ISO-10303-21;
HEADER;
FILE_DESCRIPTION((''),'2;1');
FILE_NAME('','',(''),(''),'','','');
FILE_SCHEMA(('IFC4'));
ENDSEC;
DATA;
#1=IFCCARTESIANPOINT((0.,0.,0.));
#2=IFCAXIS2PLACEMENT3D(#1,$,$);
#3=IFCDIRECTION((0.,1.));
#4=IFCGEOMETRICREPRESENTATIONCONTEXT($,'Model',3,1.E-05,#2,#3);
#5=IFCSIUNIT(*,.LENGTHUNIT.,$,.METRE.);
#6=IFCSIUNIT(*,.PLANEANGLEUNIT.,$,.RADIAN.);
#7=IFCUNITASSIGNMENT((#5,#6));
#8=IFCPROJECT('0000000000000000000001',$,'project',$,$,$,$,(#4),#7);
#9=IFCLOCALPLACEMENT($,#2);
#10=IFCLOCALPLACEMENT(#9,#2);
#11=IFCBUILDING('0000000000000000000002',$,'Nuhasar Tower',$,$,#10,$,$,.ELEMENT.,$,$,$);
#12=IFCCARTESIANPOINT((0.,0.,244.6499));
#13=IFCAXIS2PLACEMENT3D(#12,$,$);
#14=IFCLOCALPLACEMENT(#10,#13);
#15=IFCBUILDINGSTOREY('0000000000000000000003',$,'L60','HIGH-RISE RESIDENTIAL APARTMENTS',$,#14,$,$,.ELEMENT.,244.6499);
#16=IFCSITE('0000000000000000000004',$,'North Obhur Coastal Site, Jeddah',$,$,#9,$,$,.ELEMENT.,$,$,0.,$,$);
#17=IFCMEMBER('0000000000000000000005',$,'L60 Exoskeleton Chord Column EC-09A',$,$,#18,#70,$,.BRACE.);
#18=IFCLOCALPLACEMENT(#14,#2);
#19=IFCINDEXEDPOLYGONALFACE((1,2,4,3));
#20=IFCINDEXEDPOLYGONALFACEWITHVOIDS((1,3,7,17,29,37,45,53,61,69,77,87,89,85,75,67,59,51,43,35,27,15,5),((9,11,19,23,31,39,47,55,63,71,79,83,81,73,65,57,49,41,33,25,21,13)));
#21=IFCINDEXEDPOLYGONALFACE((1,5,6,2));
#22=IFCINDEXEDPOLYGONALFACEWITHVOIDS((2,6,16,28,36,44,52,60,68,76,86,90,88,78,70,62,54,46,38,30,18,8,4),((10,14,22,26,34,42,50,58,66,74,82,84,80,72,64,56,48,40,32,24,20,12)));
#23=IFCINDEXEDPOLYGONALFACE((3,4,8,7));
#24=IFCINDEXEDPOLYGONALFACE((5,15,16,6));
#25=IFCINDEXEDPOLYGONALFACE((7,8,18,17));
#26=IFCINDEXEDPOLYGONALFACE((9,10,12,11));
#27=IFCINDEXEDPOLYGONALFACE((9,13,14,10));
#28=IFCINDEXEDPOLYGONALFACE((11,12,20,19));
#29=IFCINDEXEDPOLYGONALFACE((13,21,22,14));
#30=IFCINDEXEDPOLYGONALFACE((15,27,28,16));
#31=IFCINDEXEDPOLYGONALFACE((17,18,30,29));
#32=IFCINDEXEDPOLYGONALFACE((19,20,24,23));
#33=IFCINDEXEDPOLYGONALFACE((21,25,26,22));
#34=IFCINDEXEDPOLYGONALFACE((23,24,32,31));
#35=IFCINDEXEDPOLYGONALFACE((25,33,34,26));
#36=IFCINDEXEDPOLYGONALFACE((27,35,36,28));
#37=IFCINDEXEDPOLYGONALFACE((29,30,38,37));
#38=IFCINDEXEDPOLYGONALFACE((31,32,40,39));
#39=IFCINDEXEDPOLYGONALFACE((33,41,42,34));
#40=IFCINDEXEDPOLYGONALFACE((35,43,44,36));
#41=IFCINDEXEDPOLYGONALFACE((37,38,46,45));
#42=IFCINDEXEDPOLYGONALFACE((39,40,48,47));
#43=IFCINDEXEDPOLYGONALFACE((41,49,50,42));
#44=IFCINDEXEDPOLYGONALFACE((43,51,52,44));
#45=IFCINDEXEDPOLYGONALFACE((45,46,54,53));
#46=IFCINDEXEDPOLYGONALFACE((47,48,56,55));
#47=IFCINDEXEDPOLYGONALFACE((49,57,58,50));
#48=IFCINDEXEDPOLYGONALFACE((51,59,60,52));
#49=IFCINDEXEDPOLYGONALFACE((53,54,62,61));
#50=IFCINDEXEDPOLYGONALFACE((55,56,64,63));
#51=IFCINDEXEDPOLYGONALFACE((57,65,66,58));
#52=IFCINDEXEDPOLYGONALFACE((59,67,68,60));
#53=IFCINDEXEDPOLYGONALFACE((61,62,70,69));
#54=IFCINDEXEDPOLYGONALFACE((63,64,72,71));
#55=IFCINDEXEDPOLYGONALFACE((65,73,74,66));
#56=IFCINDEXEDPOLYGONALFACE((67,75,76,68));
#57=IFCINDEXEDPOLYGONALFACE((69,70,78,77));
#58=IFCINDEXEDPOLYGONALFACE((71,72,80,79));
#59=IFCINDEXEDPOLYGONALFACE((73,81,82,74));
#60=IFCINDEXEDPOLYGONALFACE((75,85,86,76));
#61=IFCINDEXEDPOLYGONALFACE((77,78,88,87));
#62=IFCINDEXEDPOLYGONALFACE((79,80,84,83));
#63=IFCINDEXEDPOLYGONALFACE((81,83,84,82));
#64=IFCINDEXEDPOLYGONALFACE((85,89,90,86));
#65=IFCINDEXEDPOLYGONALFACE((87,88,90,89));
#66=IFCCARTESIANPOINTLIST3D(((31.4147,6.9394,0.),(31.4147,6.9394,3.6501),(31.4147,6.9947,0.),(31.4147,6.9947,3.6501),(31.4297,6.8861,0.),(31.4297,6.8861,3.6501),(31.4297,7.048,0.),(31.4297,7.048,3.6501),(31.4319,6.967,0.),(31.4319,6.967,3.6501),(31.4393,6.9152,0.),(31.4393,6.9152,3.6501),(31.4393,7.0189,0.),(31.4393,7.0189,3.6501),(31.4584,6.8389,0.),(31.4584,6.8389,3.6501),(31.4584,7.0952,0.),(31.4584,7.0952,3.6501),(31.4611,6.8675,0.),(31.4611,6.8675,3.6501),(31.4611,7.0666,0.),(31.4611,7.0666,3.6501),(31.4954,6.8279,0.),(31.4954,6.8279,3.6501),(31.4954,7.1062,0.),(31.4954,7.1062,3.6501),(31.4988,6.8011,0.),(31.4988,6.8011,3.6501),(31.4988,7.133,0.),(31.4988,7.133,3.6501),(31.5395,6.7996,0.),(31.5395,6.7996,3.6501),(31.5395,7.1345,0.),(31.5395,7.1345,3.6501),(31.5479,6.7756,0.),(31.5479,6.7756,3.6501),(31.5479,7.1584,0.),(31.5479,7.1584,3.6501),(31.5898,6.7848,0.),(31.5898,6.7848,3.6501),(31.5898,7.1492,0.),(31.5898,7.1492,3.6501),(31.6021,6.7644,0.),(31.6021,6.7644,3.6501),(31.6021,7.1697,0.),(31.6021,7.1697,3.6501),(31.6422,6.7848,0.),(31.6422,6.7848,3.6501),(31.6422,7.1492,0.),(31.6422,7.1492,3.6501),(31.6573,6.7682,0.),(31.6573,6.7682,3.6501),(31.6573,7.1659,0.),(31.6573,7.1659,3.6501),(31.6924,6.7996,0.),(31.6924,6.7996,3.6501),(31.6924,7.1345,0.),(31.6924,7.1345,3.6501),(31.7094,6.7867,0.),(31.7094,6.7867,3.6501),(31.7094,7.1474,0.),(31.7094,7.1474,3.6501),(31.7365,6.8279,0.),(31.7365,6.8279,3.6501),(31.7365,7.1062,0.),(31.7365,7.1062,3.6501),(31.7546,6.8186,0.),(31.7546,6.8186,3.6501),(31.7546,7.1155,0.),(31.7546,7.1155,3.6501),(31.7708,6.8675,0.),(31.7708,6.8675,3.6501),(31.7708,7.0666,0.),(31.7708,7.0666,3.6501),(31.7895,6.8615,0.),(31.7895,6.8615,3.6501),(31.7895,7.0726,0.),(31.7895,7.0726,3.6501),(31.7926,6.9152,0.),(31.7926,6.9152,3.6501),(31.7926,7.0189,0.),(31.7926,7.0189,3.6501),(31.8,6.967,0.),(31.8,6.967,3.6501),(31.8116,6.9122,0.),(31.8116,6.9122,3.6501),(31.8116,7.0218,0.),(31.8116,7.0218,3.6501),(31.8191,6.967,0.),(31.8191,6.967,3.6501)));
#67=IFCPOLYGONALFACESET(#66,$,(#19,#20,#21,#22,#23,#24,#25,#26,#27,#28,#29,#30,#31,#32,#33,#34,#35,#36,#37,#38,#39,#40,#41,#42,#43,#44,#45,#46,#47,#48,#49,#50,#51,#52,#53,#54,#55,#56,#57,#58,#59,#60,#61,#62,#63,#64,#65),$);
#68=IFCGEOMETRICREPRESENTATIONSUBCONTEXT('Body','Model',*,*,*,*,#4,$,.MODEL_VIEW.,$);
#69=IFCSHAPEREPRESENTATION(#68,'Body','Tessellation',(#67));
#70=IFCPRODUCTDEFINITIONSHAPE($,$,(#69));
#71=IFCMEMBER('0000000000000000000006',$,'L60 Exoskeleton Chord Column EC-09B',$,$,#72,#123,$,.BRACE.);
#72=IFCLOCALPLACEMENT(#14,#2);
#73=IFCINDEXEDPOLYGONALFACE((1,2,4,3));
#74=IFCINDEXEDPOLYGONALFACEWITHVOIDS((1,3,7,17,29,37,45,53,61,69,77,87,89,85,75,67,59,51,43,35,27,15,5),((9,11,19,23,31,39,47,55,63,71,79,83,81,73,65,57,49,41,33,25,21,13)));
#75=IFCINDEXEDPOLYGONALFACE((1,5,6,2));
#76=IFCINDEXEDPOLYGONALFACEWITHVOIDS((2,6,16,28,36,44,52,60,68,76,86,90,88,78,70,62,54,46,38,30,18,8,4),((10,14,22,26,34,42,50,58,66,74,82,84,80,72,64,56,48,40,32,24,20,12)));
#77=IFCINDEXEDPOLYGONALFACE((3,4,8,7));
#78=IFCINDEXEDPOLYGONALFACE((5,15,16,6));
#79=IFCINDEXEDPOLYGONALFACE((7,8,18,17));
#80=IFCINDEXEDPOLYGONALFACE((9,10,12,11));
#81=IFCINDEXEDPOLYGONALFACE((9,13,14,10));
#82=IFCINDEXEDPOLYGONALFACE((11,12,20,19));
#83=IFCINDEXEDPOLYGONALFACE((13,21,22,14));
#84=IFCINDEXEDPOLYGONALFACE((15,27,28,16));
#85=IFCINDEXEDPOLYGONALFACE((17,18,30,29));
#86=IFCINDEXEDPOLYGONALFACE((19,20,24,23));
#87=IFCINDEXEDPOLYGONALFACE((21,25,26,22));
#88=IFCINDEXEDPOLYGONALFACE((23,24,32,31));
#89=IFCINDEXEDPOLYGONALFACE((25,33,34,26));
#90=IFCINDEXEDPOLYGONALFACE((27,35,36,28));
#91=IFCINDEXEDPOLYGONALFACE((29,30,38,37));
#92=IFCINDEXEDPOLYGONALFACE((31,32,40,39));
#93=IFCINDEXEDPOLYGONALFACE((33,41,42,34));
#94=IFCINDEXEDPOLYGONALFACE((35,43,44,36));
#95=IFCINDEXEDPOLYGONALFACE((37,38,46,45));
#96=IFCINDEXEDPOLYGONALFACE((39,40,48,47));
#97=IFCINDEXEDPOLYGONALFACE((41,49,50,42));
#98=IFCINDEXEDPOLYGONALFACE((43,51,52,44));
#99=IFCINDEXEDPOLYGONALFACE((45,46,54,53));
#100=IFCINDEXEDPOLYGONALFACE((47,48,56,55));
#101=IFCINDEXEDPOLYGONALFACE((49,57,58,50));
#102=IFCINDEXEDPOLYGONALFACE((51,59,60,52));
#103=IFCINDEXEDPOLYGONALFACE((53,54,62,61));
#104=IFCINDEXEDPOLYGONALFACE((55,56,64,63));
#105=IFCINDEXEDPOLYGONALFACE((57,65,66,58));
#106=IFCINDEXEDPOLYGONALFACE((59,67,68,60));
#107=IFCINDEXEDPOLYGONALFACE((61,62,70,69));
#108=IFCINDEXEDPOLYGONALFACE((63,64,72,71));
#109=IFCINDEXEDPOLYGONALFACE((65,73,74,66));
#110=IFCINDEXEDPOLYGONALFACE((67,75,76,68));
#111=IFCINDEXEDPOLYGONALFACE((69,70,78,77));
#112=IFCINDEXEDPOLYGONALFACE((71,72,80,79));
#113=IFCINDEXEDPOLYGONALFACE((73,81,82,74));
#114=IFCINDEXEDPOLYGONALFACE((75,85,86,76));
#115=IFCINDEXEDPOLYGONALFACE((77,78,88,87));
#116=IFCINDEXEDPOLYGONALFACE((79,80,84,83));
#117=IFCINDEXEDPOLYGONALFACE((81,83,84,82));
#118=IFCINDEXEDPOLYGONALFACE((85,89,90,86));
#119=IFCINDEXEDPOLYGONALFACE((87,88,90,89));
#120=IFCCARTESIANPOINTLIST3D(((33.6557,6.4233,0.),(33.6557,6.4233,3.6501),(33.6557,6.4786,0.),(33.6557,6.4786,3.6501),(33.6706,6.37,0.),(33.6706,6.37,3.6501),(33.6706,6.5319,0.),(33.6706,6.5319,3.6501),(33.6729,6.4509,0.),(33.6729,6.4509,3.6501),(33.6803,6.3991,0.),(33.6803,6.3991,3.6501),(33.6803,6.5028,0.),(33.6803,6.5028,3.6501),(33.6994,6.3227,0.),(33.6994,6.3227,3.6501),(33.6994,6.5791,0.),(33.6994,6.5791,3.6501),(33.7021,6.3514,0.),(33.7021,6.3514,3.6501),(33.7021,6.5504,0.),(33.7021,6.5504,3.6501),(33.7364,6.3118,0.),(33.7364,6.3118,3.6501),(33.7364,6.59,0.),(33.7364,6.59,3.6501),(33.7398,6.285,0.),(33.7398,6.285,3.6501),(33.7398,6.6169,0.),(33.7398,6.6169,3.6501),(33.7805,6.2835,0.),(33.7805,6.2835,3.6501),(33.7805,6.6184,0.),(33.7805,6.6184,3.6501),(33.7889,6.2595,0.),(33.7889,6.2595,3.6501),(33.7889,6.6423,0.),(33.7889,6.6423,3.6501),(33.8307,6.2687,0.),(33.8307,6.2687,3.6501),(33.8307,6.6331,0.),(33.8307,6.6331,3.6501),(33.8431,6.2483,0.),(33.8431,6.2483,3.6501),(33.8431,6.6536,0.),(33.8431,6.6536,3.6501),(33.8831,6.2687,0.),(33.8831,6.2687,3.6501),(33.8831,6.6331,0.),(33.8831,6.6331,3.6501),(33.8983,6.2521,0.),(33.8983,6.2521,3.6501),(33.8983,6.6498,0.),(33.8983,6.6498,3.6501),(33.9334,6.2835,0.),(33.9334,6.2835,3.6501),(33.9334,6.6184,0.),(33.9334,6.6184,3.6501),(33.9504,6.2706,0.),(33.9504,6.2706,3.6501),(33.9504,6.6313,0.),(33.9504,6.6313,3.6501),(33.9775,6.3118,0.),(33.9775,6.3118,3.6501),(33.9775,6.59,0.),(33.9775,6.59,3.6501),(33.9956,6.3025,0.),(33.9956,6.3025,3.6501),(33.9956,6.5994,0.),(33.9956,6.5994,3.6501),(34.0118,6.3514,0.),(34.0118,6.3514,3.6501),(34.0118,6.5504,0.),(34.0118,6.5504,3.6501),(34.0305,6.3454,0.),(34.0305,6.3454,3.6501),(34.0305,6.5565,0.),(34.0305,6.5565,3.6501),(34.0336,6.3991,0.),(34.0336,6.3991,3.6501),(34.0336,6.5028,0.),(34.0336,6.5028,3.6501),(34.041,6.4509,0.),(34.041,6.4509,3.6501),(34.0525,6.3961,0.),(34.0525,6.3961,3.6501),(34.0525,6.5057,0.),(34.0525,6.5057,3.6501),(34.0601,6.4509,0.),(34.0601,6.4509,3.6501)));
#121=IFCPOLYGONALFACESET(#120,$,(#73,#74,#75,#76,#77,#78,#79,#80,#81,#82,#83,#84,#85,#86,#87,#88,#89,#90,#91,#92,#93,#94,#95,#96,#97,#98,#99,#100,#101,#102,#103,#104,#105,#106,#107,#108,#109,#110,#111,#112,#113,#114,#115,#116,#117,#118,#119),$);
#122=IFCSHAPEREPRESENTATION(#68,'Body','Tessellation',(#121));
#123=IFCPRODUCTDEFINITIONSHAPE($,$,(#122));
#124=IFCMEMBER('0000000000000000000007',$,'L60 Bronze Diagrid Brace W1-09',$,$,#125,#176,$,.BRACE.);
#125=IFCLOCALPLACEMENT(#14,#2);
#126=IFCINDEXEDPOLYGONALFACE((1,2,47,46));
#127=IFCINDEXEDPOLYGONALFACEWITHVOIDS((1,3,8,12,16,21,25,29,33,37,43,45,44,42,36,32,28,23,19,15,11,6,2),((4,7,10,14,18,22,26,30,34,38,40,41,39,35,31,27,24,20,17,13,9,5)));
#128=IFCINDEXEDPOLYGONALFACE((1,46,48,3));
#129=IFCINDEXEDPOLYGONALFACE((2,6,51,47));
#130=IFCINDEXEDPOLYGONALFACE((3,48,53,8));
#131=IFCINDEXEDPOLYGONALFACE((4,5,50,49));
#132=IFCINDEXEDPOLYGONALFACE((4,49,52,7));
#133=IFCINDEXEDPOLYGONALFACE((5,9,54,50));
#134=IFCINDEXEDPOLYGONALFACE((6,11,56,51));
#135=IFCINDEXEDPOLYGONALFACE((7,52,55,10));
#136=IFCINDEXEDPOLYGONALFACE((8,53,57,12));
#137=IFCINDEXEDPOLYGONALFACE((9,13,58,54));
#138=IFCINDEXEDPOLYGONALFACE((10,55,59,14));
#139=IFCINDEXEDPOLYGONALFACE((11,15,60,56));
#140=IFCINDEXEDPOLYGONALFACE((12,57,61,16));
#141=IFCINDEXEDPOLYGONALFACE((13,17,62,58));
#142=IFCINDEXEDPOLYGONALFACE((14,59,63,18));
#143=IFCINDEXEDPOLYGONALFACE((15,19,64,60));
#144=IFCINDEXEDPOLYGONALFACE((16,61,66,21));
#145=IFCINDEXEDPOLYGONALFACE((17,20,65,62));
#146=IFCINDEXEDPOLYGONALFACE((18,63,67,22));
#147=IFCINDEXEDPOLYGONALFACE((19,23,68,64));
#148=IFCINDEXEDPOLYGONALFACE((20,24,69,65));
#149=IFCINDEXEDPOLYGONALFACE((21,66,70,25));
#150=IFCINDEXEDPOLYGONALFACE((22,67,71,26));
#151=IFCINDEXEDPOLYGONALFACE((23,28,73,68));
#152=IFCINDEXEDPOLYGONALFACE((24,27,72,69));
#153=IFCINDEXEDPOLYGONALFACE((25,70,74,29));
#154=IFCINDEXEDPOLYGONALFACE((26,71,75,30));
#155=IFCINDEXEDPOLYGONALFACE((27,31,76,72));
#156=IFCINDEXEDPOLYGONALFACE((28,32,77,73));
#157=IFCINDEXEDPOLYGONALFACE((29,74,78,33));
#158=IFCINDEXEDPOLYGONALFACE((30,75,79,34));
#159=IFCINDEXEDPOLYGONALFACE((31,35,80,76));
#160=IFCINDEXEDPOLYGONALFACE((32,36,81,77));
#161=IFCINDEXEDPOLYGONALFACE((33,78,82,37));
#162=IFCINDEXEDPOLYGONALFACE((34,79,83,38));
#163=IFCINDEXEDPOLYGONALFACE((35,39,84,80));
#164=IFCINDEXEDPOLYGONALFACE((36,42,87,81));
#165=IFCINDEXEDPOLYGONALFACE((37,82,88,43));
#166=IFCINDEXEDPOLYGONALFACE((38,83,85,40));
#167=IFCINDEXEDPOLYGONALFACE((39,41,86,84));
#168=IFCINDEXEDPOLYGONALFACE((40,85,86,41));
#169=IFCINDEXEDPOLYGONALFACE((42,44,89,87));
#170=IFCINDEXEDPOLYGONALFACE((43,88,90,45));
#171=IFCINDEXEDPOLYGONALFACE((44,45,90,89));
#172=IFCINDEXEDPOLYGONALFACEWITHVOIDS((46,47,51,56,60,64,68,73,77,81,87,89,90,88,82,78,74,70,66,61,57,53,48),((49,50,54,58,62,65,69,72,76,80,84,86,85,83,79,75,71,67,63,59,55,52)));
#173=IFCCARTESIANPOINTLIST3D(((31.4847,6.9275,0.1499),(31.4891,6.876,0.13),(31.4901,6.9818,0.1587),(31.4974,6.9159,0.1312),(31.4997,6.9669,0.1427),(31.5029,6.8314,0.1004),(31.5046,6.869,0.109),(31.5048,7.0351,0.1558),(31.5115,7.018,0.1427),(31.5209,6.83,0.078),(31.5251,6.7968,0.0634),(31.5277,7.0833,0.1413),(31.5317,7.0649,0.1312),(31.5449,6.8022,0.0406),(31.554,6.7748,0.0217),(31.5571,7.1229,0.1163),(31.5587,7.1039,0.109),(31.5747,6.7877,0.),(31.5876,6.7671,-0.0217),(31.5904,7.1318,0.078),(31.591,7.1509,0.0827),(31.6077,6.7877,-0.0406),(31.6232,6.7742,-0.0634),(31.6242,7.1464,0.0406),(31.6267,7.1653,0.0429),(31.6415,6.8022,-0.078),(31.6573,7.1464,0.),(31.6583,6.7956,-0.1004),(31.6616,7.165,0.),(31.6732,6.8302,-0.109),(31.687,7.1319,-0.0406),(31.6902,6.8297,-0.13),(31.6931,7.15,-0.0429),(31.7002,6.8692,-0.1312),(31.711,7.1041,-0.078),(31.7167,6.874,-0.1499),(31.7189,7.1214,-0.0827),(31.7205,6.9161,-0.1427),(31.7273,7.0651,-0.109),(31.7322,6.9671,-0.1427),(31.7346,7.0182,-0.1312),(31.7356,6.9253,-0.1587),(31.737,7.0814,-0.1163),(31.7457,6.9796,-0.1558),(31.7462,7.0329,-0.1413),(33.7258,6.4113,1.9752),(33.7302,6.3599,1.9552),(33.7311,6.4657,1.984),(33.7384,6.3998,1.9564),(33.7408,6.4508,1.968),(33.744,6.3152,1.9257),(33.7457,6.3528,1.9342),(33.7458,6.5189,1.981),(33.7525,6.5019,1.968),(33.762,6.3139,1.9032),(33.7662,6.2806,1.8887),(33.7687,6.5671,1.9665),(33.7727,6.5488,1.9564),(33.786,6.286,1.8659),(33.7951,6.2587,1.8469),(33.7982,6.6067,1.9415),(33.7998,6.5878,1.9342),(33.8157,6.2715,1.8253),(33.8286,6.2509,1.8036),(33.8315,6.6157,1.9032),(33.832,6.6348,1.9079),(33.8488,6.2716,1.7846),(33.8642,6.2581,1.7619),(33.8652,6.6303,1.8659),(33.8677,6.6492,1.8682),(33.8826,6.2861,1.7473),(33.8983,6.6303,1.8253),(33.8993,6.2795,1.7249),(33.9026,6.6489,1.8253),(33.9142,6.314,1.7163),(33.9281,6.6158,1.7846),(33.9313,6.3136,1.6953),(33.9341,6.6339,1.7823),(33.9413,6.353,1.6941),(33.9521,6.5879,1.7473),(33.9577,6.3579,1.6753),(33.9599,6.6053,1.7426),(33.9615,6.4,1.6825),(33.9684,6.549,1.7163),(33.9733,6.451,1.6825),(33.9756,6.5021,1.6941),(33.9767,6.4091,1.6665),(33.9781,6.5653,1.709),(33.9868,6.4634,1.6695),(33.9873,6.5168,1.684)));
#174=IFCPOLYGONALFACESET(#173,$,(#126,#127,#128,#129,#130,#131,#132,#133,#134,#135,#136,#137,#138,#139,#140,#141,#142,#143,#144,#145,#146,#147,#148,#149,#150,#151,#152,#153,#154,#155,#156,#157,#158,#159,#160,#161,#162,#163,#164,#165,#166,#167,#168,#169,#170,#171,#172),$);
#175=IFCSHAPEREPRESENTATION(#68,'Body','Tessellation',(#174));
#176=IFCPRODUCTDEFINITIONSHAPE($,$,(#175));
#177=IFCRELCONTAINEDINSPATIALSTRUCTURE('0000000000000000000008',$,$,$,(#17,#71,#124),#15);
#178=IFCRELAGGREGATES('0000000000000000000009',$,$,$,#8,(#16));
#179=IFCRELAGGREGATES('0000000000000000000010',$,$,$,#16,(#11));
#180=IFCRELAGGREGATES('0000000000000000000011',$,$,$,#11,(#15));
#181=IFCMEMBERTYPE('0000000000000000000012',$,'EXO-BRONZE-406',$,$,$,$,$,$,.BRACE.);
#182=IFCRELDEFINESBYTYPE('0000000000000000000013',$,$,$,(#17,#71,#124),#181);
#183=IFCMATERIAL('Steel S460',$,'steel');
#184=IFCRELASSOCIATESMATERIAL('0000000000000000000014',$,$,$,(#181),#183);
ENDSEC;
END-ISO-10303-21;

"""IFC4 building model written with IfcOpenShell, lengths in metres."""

from ifc_helpers import new_model, si_unit, direction, frame, origin, origin_2d, place, context, subcontext, project, spatial, hollow_circle, extrude, material, material_profile, profile_set, type_object, element, save


model = new_model("IFC4")

# Units and contexts
model_context = context("Model", 3, precision=1e-05, world=origin(), true_north=direction((0.0, 1.0)))
body_context = subcontext(model_context, "Body", "Model", "MODEL_VIEW")
ifc_project = project(units=[si_unit("LENGTHUNIT", "METRE"), si_unit("PLANEANGLEUNIT", "RADIAN")], contexts=[model_context])

# Site, building, storey
site_placement = place(None, origin())
site = spatial("IfcSite", under=ifc_project, at=site_placement, Name="North Obhur Coastal Site, Jeddah", CompositionType="ELEMENT", RefElevation=0.0)
building_placement = place(site_placement, origin())
building = spatial("IfcBuilding", under=site, at=building_placement, Name="Nuhasar Tower", CompositionType="ELEMENT")
storey_placement = place(building_placement, frame((0.0, 0.0, 244.6499)))
storey = spatial("IfcBuildingStorey", under=building, at=storey_placement, Name="L60", Description="HIGH-RISE RESIDENTIAL APARTMENTS", CompositionType="ELEMENT", Elevation=244.6499)

# Members
ifc_material_1 = material(Name="Steel S460", Category="steel")
ifc_material_profile_1 = material_profile(ifc_material_1, hollow_circle(Radius=0.2031, WallThickness=0.019, at=origin_2d()), Name="HSS406.4X19.1")
ifc_profile_set_1 = profile_set([ifc_material_profile_1], Name="Steel S460")
member_type = type_object("IfcMemberType", Name="EXO-BRONZE-406", PredefinedType="BRACE", material=ifc_profile_set_1)
for number, where, z_axis, x_axis, name in (
    (1, (31.616, 6.967, 0.0), (0.0, 0.0, 1.0), (1.0, 0.0, 0.0), "L60 Exoskeleton Chord Column EC-09A"),
    (2, (33.8569, 6.4509, 0.0), (0.0, 0.0, 1.0), (1.0, 0.0, 0.0), "L60 Exoskeleton Chord Column EC-09B"),
):
    element("IfcMember", number, at=place(storey_placement, frame(where, z_axis=z_axis, x_axis=x_axis)), inside=storey, type_object=member_type, Name=name, PredefinedType="BRACE", context=body_context, shape_type="SweptSolid", body=[
        extrude(hollow_circle(Radius=0.2031, WallThickness=0.019, at=origin_2d()), origin(), (0.0, 0.0, 1.0), 3.6501),
    ])
member_1_placement = place(storey_placement, frame((31.616, 6.967, 0.0), z_axis=(0.763292, -0.175793, 0.621677), x_axis=(0.224433, 0.97449, 0.0)))
element("IfcMember", 3, at=member_1_placement, inside=storey, type_object=member_type, Name="L60 Bronze Diagrid Brace W1-09", PredefinedType="BRACE", context=body_context, shape_type="SweptSolid", body=[
    extrude(hollow_circle(Radius=0.2031, WallThickness=0.019, at=origin_2d()), origin(), (0.0, 0.0, 1.0), 2.936),
])

save(model, "model.ifc")
